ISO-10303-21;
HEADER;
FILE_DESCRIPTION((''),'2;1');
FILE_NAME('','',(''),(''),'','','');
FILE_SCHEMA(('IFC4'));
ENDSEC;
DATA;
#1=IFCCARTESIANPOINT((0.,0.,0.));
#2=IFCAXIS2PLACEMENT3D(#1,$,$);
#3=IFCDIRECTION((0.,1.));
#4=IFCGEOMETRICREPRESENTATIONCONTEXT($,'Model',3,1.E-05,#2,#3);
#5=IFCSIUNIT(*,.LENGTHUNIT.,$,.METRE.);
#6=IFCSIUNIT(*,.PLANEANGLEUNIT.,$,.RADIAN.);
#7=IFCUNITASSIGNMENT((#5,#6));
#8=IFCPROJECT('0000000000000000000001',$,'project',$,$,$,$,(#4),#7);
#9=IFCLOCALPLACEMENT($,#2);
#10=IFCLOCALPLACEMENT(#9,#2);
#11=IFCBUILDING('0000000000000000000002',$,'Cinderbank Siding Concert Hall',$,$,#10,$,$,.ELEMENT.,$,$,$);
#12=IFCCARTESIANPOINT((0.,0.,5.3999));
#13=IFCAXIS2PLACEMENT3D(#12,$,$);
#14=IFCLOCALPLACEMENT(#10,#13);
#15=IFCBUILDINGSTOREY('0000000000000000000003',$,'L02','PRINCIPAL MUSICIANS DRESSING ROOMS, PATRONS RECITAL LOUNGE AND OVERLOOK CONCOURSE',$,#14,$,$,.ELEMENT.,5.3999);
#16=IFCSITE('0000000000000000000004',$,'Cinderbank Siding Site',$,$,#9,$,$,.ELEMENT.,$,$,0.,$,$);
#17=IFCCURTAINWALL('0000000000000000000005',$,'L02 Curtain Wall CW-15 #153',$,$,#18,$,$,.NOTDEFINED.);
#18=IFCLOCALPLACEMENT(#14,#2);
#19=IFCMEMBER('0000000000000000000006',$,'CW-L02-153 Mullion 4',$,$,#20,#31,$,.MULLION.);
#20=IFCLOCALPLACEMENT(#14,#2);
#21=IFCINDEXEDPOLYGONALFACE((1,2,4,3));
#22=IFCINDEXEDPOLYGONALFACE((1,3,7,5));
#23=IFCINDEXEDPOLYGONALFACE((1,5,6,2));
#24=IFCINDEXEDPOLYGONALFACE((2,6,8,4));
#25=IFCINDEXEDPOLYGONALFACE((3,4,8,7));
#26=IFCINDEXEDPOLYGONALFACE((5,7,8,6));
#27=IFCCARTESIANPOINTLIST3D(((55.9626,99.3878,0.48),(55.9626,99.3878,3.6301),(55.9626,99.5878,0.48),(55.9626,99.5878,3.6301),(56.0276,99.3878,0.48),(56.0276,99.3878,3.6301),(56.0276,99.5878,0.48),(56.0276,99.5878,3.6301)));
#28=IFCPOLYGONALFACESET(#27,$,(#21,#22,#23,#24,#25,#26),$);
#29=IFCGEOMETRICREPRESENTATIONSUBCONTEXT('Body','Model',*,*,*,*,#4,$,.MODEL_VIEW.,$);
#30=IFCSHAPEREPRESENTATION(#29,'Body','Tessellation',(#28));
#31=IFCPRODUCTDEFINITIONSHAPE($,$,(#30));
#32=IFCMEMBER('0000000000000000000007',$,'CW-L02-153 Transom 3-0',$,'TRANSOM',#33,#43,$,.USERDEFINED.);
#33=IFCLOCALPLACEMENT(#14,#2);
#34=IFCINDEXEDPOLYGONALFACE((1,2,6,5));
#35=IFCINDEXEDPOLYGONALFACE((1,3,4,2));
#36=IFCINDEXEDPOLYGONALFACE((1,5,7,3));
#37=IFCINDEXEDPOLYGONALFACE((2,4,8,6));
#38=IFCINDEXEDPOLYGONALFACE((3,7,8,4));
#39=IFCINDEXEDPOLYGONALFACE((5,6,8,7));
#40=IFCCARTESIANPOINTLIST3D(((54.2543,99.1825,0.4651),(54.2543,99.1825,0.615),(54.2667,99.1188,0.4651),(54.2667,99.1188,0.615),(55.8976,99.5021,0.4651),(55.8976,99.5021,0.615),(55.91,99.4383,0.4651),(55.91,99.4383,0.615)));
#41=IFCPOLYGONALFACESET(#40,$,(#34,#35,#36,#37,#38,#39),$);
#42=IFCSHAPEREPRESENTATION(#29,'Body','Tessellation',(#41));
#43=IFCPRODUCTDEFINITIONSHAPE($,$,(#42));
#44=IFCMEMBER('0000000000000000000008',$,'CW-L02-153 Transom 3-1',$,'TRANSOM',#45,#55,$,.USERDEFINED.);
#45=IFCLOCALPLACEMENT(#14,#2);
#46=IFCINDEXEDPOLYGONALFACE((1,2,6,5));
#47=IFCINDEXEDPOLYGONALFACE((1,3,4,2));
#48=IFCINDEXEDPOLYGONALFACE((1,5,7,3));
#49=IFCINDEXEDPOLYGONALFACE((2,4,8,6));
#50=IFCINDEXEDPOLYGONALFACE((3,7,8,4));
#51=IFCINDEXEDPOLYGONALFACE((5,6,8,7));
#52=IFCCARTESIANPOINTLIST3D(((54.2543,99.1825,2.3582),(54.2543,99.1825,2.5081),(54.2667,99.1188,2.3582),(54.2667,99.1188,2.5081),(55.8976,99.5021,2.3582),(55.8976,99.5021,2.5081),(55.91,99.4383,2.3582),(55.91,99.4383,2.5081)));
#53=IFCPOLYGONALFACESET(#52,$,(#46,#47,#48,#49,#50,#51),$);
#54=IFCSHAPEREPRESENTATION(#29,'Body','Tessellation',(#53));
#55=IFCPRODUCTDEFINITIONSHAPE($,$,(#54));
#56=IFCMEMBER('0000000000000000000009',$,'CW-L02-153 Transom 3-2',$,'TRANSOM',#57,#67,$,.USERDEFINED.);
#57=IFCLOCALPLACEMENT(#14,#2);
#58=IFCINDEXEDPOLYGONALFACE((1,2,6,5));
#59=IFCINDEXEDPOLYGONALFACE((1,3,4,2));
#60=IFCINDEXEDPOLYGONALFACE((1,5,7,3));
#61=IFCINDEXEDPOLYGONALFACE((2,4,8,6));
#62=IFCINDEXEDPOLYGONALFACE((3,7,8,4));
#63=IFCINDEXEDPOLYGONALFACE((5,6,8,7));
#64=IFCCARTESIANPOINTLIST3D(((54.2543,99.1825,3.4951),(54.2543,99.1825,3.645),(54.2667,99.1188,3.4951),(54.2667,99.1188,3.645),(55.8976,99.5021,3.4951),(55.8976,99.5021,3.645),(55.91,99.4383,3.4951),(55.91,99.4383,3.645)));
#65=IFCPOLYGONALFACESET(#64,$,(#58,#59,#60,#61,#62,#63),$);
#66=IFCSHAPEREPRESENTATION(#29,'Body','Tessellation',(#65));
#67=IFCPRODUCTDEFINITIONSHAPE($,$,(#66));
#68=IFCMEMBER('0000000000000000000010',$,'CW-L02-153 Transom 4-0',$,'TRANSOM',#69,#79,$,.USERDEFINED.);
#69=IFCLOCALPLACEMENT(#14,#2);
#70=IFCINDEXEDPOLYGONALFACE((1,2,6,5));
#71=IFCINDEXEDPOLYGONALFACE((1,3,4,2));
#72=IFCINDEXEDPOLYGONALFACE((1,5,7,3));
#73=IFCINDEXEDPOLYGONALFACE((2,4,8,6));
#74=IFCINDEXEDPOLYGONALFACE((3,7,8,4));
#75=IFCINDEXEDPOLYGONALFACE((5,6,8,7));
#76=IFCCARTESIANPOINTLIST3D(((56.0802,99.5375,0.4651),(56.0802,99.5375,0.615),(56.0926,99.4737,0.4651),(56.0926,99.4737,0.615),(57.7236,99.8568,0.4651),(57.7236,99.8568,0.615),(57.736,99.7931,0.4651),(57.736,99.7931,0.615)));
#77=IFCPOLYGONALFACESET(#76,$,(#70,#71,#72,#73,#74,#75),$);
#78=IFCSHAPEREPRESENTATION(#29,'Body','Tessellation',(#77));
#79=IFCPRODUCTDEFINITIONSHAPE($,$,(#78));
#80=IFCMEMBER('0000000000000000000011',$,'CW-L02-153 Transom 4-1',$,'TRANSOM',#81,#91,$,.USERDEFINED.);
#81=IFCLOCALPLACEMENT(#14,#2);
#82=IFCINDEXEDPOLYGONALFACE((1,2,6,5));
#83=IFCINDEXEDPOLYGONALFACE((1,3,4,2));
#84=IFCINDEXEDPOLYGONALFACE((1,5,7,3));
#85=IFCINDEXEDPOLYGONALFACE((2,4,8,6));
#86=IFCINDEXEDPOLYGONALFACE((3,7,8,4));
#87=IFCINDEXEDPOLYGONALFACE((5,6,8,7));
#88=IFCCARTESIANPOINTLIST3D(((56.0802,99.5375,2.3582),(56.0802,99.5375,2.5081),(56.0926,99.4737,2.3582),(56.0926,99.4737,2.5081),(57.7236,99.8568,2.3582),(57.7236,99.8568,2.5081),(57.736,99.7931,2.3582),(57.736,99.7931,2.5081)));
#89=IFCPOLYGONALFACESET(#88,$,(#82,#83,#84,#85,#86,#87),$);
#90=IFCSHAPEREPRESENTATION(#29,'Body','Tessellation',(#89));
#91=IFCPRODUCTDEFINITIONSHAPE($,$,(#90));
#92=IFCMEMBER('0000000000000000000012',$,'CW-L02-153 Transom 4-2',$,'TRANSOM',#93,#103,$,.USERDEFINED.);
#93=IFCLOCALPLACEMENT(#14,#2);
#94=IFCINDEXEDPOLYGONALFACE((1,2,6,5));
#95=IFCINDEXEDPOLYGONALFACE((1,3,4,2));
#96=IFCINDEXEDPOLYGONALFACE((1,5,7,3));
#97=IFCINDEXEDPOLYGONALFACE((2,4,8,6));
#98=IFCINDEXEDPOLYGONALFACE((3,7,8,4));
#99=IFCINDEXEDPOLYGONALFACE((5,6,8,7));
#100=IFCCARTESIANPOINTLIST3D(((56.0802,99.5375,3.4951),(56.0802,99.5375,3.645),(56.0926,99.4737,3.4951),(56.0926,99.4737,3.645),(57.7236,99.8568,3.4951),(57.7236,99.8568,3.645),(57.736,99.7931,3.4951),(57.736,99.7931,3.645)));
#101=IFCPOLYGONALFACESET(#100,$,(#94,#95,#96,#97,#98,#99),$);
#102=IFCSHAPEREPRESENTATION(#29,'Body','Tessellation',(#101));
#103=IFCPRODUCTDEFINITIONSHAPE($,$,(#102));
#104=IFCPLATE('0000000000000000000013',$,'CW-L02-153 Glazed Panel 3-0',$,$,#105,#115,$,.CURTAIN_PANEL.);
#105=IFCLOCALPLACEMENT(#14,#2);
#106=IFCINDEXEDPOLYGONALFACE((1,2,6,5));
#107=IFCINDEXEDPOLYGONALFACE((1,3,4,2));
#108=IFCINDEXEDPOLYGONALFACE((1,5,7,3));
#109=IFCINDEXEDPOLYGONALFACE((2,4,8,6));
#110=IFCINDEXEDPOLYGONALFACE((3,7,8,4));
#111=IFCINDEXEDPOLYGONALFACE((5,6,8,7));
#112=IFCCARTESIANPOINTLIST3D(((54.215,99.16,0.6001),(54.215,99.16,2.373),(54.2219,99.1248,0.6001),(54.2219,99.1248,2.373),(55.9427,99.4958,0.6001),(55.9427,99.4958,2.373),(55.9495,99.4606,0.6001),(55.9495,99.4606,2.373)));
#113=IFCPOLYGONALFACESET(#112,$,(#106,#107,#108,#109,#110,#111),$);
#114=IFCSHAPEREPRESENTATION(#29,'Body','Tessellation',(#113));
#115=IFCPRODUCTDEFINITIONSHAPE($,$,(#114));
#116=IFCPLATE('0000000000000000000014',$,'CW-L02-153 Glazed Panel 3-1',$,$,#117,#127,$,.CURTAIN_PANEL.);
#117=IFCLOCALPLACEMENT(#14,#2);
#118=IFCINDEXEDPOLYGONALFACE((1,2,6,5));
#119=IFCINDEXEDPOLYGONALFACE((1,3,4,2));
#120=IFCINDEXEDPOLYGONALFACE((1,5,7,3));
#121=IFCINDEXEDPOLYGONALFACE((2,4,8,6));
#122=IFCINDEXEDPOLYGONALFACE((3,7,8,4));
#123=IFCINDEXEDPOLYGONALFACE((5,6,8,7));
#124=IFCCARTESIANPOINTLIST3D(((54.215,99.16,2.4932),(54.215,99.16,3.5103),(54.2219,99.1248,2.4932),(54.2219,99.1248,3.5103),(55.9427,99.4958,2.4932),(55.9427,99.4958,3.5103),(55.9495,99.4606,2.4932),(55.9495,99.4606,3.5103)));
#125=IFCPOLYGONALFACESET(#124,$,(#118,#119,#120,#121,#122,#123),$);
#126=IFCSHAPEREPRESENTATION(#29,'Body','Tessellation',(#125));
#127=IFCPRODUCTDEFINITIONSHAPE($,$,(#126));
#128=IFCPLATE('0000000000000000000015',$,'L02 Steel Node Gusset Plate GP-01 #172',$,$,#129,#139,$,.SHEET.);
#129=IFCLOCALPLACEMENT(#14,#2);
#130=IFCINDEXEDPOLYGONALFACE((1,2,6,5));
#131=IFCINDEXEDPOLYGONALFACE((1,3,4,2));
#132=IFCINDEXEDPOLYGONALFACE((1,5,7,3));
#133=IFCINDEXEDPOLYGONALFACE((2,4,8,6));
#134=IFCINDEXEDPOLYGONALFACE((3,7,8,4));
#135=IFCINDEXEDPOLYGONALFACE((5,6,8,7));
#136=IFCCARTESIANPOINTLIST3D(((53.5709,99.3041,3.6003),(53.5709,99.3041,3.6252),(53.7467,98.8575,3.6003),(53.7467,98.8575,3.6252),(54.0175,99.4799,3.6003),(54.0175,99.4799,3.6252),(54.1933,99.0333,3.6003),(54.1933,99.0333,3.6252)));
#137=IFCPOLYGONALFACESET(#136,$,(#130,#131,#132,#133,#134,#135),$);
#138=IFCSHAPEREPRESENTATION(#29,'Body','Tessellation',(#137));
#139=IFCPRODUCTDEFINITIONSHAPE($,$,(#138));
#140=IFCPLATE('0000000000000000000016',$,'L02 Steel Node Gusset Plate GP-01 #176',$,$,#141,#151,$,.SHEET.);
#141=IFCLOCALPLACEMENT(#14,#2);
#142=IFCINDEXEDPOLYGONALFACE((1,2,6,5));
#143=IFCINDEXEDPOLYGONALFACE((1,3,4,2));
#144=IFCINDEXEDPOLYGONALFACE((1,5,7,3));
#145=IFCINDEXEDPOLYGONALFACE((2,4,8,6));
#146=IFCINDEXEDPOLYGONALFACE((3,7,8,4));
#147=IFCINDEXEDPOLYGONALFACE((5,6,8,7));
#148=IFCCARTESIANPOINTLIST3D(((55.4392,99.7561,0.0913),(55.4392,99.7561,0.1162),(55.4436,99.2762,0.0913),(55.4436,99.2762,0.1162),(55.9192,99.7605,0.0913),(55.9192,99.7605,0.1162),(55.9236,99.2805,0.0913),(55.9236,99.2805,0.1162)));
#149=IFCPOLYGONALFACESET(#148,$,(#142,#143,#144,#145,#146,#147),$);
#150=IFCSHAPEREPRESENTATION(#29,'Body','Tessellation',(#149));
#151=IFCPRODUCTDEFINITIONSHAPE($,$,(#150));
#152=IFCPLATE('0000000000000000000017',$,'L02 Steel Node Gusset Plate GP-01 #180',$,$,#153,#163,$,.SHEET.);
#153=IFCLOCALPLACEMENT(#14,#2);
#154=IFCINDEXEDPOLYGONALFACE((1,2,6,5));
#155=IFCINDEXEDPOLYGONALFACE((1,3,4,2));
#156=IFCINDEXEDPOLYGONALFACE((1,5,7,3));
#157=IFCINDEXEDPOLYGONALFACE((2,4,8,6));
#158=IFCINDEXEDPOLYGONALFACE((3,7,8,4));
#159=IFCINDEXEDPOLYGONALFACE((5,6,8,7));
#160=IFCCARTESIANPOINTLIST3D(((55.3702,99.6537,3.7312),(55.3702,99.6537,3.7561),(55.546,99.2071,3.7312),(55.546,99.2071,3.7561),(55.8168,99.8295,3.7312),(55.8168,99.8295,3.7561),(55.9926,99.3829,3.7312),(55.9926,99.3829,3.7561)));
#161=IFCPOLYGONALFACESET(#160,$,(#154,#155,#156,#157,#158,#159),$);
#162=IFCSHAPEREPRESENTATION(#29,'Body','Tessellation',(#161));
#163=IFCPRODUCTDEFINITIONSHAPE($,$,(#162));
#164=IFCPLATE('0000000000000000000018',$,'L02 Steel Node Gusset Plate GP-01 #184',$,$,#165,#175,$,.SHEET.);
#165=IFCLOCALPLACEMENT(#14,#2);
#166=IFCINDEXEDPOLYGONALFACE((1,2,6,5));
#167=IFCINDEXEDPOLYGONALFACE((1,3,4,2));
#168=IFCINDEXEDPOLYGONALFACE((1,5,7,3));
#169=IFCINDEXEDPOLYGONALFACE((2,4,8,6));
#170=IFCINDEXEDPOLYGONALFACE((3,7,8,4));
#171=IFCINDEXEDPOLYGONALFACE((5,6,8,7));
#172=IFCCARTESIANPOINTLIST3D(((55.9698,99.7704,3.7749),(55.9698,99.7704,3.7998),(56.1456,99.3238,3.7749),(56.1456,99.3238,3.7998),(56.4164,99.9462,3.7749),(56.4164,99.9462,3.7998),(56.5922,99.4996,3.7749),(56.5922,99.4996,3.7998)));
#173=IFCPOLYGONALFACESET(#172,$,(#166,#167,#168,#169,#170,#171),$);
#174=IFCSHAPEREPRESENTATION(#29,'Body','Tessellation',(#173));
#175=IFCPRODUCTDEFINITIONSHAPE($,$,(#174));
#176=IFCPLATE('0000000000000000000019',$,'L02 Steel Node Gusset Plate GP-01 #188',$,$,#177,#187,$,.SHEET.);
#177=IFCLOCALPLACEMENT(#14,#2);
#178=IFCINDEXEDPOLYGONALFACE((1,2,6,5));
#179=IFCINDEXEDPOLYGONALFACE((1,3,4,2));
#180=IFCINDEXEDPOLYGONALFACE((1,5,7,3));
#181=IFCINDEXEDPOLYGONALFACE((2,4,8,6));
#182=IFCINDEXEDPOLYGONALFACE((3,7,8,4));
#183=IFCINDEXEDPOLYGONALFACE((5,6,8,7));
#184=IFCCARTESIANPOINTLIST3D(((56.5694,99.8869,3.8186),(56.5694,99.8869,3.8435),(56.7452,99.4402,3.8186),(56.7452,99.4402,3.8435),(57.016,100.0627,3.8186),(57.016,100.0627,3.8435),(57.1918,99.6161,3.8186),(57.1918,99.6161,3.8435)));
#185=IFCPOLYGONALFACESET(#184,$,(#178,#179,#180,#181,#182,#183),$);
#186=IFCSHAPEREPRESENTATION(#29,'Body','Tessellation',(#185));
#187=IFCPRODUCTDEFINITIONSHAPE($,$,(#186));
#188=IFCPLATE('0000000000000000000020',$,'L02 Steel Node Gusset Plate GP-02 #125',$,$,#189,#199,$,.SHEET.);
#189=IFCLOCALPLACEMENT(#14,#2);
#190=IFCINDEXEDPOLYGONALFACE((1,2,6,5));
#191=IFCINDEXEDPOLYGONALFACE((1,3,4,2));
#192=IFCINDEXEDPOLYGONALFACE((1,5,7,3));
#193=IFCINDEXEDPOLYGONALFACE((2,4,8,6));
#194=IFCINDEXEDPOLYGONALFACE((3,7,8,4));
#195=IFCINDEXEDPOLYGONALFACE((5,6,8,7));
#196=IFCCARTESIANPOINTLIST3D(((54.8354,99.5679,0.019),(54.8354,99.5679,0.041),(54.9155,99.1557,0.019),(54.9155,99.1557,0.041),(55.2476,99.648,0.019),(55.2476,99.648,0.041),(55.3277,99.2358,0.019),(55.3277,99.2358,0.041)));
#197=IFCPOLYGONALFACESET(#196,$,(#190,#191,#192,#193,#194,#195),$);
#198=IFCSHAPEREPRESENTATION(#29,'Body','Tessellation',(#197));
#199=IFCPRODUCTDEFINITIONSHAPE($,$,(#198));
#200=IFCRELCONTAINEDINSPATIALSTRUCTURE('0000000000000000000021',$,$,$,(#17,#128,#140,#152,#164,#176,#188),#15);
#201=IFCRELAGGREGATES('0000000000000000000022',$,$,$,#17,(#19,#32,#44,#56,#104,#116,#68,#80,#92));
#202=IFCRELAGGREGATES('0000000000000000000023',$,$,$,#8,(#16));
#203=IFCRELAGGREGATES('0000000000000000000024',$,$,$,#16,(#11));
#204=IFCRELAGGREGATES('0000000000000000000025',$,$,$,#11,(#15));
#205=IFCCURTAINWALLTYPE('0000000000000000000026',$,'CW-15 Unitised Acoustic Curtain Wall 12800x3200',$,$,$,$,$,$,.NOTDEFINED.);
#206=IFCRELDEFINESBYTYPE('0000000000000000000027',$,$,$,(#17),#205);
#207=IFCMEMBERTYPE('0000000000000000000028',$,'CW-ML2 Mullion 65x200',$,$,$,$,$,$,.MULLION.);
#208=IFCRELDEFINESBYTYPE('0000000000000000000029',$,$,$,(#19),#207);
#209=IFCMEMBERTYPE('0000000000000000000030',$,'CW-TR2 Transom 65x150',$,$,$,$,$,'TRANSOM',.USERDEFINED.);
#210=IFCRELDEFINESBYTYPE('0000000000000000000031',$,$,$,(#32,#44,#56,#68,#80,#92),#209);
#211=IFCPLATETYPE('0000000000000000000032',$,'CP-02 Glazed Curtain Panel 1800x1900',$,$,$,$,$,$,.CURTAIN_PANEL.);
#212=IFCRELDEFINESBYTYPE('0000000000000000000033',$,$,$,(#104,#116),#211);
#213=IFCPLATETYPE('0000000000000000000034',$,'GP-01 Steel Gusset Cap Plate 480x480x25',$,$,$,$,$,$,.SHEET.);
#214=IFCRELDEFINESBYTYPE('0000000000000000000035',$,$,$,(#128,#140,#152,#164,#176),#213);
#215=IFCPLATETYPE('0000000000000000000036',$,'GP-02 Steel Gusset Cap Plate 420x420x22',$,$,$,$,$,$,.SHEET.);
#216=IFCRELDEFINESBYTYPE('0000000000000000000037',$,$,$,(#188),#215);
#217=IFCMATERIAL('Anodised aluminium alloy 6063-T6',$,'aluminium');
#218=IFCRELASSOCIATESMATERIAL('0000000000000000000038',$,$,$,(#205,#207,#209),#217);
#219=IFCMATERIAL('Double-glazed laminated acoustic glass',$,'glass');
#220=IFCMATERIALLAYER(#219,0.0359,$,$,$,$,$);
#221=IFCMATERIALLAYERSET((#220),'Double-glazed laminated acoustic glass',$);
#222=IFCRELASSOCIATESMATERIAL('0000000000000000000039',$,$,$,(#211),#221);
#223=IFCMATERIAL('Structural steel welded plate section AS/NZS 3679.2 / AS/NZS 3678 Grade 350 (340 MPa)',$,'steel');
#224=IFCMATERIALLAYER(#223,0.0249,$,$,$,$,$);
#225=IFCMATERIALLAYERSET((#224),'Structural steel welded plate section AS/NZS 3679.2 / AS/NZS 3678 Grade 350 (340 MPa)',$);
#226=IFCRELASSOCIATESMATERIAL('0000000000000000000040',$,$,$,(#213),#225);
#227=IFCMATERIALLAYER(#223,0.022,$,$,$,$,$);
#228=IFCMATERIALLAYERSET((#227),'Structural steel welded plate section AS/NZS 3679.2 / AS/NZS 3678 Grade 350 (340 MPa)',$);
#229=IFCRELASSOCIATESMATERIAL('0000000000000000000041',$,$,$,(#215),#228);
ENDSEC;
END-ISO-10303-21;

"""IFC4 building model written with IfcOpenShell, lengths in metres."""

from ifc_helpers import new_model, si_unit, direction, frame, origin, origin_2d, place, context, subcontext, project, spatial, rectangle, extrude, material, layer, layer_set, material_profile, profile_set, type_object, element, aggregate, save


model = new_model("IFC4")

# Units and contexts
model_context = context("Model", 3, precision=1e-05, world=origin(), true_north=direction((0.0, 1.0)))
body_context = subcontext(model_context, "Body", "Model", "MODEL_VIEW")
ifc_project = project(units=[si_unit("LENGTHUNIT", "METRE"), si_unit("PLANEANGLEUNIT", "RADIAN")], contexts=[model_context])

# Site, building, storey
site_placement = place(None, origin())
site = spatial("IfcSite", under=ifc_project, at=site_placement, Name="Cinderbank Siding Site", CompositionType="ELEMENT", RefElevation=0.0)
building_placement = place(site_placement, origin())
building = spatial("IfcBuilding", under=site, at=building_placement, Name="Cinderbank Siding Concert Hall", CompositionType="ELEMENT")
storey_placement = place(building_placement, frame((0.0, 0.0, 5.3999)))
storey = spatial("IfcBuildingStorey", under=building, at=storey_placement, Name="L02", Description="PRINCIPAL MUSICIANS DRESSING ROOMS, PATRONS RECITAL LOUNGE AND OVERLOOK CONCOURSE", CompositionType="ELEMENT", Elevation=5.3999)

# Curtain wall, members, plates
ifc_material_1 = material(Name="Anodised aluminium alloy 6063-T6", Category="aluminium")
curtain_wall_type = type_object("IfcCurtainWallType", Name="CW-15 Unitised Acoustic Curtain Wall 12800x3200", PredefinedType="NOTDEFINED", material=ifc_material_1)
curtain_wall_placement = place(storey_placement, origin())
curtain_wall = element("IfcCurtainWall", 1, at=curtain_wall_placement, inside=storey, type_object=curtain_wall_type, Name="L02 Curtain Wall CW-15 #153", PredefinedType="NOTDEFINED")
ifc_material_profile_1 = material_profile(ifc_material_1, rectangle(XDim=0.0649, YDim=0.2, at=origin_2d()), Name="ALU-MULL-65x200", Category="LoadBearing")
ifc_profile_set_1 = profile_set([ifc_material_profile_1], Name="Anodised aluminium alloy 6063-T6")
member_type_1 = type_object("IfcMemberType", Name="CW-ML2 Mullion 65x200", PredefinedType="MULLION", material=ifc_profile_set_1)
member_1_placement = place(storey_placement, frame((55.9951, 99.4878, 0.48), z_axis=(0.0, 0.0, 1.0), x_axis=(1.0, 0.0, 0.0)))
member_1 = element("IfcMember", 2, at=member_1_placement, type_object=member_type_1, Name="CW-L02-153 Mullion 4", PredefinedType="MULLION", context=body_context, shape_type="SweptSolid", body=[
    extrude(rectangle(XDim=0.0649, YDim=0.2, at=origin_2d()), origin(), (0.0, 0.0, 1.0), 3.1501),
])
ifc_material_profile_2 = material_profile(ifc_material_1, rectangle(XDim=0.0649, YDim=0.1499, at=origin_2d()), Name="ALU-TRAN-65x150", Category="LoadBearing")
ifc_profile_set_2 = profile_set([ifc_material_profile_2], Name="Anodised aluminium alloy 6063-T6")
member_type_2 = type_object("IfcMemberType", Name="CW-TR2 Transom 65x150", ElementType="TRANSOM", PredefinedType="USERDEFINED", material=ifc_profile_set_2)
member_2_placement = place(storey_placement, frame((54.2605, 99.1506, 0.54), z_axis=(0.98161, 0.190897, 0.0), x_axis=(-0.190897, 0.98161, 0.0)))
member_2 = element("IfcMember", 3, at=member_2_placement, type_object=member_type_2, Name="CW-L02-153 Transom 3-0", ObjectType="TRANSOM", PredefinedType="USERDEFINED", context=body_context, shape_type="SweptSolid", body=[
    extrude(rectangle(XDim=0.0649, YDim=0.1499, at=origin_2d()), origin(), (0.0, 0.0, 1.0), 1.6741),
])
member_3_placement = place(storey_placement, frame((54.2605, 99.1506, 2.4331), z_axis=(0.98161, 0.190897, 0.0), x_axis=(-0.190897, 0.98161, 0.0)))
member_3 = element("IfcMember", 4, at=member_3_placement, type_object=member_type_2, Name="CW-L02-153 Transom 3-1", ObjectType="TRANSOM", PredefinedType="USERDEFINED", context=body_context, shape_type="SweptSolid", body=[
    extrude(rectangle(XDim=0.0649, YDim=0.1499, at=origin_2d()), origin(), (0.0, 0.0, 1.0), 1.6741),
])
member_4_placement = place(storey_placement, frame((54.2605, 99.1506, 3.5701), z_axis=(0.98161, 0.190897, 0.0), x_axis=(-0.190897, 0.98161, 0.0)))
member_4 = element("IfcMember", 5, at=member_4_placement, type_object=member_type_2, Name="CW-L02-153 Transom 3-2", ObjectType="TRANSOM", PredefinedType="USERDEFINED", context=body_context, shape_type="SweptSolid", body=[
    extrude(rectangle(XDim=0.0649, YDim=0.1499, at=origin_2d()), origin(), (0.0, 0.0, 1.0), 1.6741),
])
member_5_placement = place(storey_placement, frame((56.0864, 99.5056, 0.54), z_axis=(0.981637, 0.190756, 0.0), x_axis=(-0.190756, 0.981637, 0.0)))
member_5 = element("IfcMember", 6, at=member_5_placement, type_object=member_type_2, Name="CW-L02-153 Transom 4-0", ObjectType="TRANSOM", PredefinedType="USERDEFINED", context=body_context, shape_type="SweptSolid", body=[
    extrude(rectangle(XDim=0.0649, YDim=0.1499, at=origin_2d()), origin(), (0.0, 0.0, 1.0), 1.6741),
])
member_6_placement = place(storey_placement, frame((56.0864, 99.5056, 2.4331), z_axis=(0.981637, 0.190756, 0.0), x_axis=(-0.190756, 0.981637, 0.0)))
member_6 = element("IfcMember", 7, at=member_6_placement, type_object=member_type_2, Name="CW-L02-153 Transom 4-1", ObjectType="TRANSOM", PredefinedType="USERDEFINED", context=body_context, shape_type="SweptSolid", body=[
    extrude(rectangle(XDim=0.0649, YDim=0.1499, at=origin_2d()), origin(), (0.0, 0.0, 1.0), 1.6741),
])
member_7_placement = place(storey_placement, frame((56.0864, 99.5056, 3.5701), z_axis=(0.981637, 0.190756, 0.0), x_axis=(-0.190756, 0.981637, 0.0)))
member_7 = element("IfcMember", 8, at=member_7_placement, type_object=member_type_2, Name="CW-L02-153 Transom 4-2", ObjectType="TRANSOM", PredefinedType="USERDEFINED", context=body_context, shape_type="SweptSolid", body=[
    extrude(rectangle(XDim=0.0649, YDim=0.1499, at=origin_2d()), origin(), (0.0, 0.0, 1.0), 1.6741),
])
ifc_material_2 = material(Name="Double-glazed laminated acoustic glass", Category="glass")
ifc_layer_1 = layer(ifc_material_2, 0.0359)
ifc_layer_set_1 = layer_set([ifc_layer_1], Name="Double-glazed laminated acoustic glass")
plate_type_1 = type_object("IfcPlateType", Name="CP-02 Glazed Curtain Panel 1800x1900", PredefinedType="CURTAIN_PANEL", material=ifc_layer_set_1)
plate_1_placement = place(storey_placement, frame((55.0823, 99.3103, 0.6001), z_axis=(0.0, 0.0, 1.0), x_axis=(0.981627, 0.190811, 0.0)))
plate_1 = element("IfcPlate", 9, at=plate_1_placement, type_object=plate_type_1, Name="CW-L02-153 Glazed Panel 3-0", PredefinedType="CURTAIN_PANEL", context=body_context, shape_type="SweptSolid", body=[
    extrude(rectangle(XDim=1.76, YDim=0.0359, at=origin_2d()), origin(), (0.0, 0.0, 1.0), 1.7729),
])
plate_2_placement = place(storey_placement, frame((55.0823, 99.3103, 2.4932), z_axis=(0.0, 0.0, 1.0), x_axis=(0.981627, 0.190811, 0.0)))
plate_2 = element("IfcPlate", 10, at=plate_2_placement, type_object=plate_type_1, Name="CW-L02-153 Glazed Panel 3-1", PredefinedType="CURTAIN_PANEL", context=body_context, shape_type="SweptSolid", body=[
    extrude(rectangle(XDim=1.76, YDim=0.0359, at=origin_2d()), origin(), (0.0, 0.0, 1.0), 1.0171),
])
aggregate(curtain_wall, [member_1, member_2, member_3, member_4, plate_1, plate_2, member_5, member_6, member_7])

# Plates
ifc_material_3 = material(Name="Structural steel welded plate section AS/NZS 3679.2 / AS/NZS 3678 Grade 350 (340 MPa)", Category="steel")
ifc_layer_2 = layer(ifc_material_3, 0.0249)
ifc_layer_set_2 = layer_set([ifc_layer_2], Name="Structural steel welded plate section AS/NZS 3679.2 / AS/NZS 3678 Grade 350 (340 MPa)")
plate_type_2 = type_object("IfcPlateType", Name="GP-01 Steel Gusset Cap Plate 480x480x25", PredefinedType="SHEET", material=ifc_layer_set_2)
for number, where, z_axis, x_axis, name in (
    (11, (53.8821, 99.1687, 3.6003), (0.0, 0.0, 1.0), (0.366339, -0.930482, 0.0), "L02 Steel Node Gusset Plate GP-01 #172"),
    (12, (55.6814, 99.5183, 0.0913), (0.0, 0.0, 1.0), (-0.009076, 0.999959, 0.0), "L02 Steel Node Gusset Plate GP-01 #176"),
    (13, (55.6814, 99.5183, 3.7312), (0.0, 0.0, 1.0), (0.366339, -0.930482, 0.0), "L02 Steel Node Gusset Plate GP-01 #180"),
    (14, (56.281, 99.635, 3.7749), (0.0, 0.0, 1.0), (0.366339, -0.930482, 0.0), "L02 Steel Node Gusset Plate GP-01 #184"),
    (15, (56.8806, 99.7515, 3.8186), (0.0, 0.0, 1.0), (0.366339, -0.930482, 0.0), "L02 Steel Node Gusset Plate GP-01 #188"),
):
    element("IfcPlate", number, at=place(storey_placement, frame(where, z_axis=z_axis, x_axis=x_axis)), inside=storey, type_object=plate_type_2, Name=name, PredefinedType="SHEET", context=body_context, shape_type="SweptSolid", body=[
        extrude(rectangle(XDim=0.48, YDim=0.48, at=origin_2d()), origin(), (0.0, 0.0, 1.0), 0.0249),
    ])
ifc_layer_3 = layer(ifc_material_3, 0.022)
ifc_layer_set_3 = layer_set([ifc_layer_3], Name="Structural steel welded plate section AS/NZS 3679.2 / AS/NZS 3678 Grade 350 (340 MPa)")
plate_type_3 = type_object("IfcPlateType", Name="GP-02 Steel Gusset Cap Plate 420x420x22", PredefinedType="SHEET", material=ifc_layer_set_3)
plate_3_placement = place(storey_placement, frame((55.0815, 99.4019, 0.019), z_axis=(0.0, 0.0, 1.0), x_axis=(0.981627, 0.190809, 0.0)))
element("IfcPlate", 16, at=plate_3_placement, inside=storey, type_object=plate_type_3, Name="L02 Steel Node Gusset Plate GP-02 #125", PredefinedType="SHEET", context=body_context, shape_type="SweptSolid", body=[
    extrude(rectangle(XDim=0.4199, YDim=0.4199, at=origin_2d()), origin(), (0.0, 0.0, 1.0), 0.022),
])

save(model, "model.ifc")
